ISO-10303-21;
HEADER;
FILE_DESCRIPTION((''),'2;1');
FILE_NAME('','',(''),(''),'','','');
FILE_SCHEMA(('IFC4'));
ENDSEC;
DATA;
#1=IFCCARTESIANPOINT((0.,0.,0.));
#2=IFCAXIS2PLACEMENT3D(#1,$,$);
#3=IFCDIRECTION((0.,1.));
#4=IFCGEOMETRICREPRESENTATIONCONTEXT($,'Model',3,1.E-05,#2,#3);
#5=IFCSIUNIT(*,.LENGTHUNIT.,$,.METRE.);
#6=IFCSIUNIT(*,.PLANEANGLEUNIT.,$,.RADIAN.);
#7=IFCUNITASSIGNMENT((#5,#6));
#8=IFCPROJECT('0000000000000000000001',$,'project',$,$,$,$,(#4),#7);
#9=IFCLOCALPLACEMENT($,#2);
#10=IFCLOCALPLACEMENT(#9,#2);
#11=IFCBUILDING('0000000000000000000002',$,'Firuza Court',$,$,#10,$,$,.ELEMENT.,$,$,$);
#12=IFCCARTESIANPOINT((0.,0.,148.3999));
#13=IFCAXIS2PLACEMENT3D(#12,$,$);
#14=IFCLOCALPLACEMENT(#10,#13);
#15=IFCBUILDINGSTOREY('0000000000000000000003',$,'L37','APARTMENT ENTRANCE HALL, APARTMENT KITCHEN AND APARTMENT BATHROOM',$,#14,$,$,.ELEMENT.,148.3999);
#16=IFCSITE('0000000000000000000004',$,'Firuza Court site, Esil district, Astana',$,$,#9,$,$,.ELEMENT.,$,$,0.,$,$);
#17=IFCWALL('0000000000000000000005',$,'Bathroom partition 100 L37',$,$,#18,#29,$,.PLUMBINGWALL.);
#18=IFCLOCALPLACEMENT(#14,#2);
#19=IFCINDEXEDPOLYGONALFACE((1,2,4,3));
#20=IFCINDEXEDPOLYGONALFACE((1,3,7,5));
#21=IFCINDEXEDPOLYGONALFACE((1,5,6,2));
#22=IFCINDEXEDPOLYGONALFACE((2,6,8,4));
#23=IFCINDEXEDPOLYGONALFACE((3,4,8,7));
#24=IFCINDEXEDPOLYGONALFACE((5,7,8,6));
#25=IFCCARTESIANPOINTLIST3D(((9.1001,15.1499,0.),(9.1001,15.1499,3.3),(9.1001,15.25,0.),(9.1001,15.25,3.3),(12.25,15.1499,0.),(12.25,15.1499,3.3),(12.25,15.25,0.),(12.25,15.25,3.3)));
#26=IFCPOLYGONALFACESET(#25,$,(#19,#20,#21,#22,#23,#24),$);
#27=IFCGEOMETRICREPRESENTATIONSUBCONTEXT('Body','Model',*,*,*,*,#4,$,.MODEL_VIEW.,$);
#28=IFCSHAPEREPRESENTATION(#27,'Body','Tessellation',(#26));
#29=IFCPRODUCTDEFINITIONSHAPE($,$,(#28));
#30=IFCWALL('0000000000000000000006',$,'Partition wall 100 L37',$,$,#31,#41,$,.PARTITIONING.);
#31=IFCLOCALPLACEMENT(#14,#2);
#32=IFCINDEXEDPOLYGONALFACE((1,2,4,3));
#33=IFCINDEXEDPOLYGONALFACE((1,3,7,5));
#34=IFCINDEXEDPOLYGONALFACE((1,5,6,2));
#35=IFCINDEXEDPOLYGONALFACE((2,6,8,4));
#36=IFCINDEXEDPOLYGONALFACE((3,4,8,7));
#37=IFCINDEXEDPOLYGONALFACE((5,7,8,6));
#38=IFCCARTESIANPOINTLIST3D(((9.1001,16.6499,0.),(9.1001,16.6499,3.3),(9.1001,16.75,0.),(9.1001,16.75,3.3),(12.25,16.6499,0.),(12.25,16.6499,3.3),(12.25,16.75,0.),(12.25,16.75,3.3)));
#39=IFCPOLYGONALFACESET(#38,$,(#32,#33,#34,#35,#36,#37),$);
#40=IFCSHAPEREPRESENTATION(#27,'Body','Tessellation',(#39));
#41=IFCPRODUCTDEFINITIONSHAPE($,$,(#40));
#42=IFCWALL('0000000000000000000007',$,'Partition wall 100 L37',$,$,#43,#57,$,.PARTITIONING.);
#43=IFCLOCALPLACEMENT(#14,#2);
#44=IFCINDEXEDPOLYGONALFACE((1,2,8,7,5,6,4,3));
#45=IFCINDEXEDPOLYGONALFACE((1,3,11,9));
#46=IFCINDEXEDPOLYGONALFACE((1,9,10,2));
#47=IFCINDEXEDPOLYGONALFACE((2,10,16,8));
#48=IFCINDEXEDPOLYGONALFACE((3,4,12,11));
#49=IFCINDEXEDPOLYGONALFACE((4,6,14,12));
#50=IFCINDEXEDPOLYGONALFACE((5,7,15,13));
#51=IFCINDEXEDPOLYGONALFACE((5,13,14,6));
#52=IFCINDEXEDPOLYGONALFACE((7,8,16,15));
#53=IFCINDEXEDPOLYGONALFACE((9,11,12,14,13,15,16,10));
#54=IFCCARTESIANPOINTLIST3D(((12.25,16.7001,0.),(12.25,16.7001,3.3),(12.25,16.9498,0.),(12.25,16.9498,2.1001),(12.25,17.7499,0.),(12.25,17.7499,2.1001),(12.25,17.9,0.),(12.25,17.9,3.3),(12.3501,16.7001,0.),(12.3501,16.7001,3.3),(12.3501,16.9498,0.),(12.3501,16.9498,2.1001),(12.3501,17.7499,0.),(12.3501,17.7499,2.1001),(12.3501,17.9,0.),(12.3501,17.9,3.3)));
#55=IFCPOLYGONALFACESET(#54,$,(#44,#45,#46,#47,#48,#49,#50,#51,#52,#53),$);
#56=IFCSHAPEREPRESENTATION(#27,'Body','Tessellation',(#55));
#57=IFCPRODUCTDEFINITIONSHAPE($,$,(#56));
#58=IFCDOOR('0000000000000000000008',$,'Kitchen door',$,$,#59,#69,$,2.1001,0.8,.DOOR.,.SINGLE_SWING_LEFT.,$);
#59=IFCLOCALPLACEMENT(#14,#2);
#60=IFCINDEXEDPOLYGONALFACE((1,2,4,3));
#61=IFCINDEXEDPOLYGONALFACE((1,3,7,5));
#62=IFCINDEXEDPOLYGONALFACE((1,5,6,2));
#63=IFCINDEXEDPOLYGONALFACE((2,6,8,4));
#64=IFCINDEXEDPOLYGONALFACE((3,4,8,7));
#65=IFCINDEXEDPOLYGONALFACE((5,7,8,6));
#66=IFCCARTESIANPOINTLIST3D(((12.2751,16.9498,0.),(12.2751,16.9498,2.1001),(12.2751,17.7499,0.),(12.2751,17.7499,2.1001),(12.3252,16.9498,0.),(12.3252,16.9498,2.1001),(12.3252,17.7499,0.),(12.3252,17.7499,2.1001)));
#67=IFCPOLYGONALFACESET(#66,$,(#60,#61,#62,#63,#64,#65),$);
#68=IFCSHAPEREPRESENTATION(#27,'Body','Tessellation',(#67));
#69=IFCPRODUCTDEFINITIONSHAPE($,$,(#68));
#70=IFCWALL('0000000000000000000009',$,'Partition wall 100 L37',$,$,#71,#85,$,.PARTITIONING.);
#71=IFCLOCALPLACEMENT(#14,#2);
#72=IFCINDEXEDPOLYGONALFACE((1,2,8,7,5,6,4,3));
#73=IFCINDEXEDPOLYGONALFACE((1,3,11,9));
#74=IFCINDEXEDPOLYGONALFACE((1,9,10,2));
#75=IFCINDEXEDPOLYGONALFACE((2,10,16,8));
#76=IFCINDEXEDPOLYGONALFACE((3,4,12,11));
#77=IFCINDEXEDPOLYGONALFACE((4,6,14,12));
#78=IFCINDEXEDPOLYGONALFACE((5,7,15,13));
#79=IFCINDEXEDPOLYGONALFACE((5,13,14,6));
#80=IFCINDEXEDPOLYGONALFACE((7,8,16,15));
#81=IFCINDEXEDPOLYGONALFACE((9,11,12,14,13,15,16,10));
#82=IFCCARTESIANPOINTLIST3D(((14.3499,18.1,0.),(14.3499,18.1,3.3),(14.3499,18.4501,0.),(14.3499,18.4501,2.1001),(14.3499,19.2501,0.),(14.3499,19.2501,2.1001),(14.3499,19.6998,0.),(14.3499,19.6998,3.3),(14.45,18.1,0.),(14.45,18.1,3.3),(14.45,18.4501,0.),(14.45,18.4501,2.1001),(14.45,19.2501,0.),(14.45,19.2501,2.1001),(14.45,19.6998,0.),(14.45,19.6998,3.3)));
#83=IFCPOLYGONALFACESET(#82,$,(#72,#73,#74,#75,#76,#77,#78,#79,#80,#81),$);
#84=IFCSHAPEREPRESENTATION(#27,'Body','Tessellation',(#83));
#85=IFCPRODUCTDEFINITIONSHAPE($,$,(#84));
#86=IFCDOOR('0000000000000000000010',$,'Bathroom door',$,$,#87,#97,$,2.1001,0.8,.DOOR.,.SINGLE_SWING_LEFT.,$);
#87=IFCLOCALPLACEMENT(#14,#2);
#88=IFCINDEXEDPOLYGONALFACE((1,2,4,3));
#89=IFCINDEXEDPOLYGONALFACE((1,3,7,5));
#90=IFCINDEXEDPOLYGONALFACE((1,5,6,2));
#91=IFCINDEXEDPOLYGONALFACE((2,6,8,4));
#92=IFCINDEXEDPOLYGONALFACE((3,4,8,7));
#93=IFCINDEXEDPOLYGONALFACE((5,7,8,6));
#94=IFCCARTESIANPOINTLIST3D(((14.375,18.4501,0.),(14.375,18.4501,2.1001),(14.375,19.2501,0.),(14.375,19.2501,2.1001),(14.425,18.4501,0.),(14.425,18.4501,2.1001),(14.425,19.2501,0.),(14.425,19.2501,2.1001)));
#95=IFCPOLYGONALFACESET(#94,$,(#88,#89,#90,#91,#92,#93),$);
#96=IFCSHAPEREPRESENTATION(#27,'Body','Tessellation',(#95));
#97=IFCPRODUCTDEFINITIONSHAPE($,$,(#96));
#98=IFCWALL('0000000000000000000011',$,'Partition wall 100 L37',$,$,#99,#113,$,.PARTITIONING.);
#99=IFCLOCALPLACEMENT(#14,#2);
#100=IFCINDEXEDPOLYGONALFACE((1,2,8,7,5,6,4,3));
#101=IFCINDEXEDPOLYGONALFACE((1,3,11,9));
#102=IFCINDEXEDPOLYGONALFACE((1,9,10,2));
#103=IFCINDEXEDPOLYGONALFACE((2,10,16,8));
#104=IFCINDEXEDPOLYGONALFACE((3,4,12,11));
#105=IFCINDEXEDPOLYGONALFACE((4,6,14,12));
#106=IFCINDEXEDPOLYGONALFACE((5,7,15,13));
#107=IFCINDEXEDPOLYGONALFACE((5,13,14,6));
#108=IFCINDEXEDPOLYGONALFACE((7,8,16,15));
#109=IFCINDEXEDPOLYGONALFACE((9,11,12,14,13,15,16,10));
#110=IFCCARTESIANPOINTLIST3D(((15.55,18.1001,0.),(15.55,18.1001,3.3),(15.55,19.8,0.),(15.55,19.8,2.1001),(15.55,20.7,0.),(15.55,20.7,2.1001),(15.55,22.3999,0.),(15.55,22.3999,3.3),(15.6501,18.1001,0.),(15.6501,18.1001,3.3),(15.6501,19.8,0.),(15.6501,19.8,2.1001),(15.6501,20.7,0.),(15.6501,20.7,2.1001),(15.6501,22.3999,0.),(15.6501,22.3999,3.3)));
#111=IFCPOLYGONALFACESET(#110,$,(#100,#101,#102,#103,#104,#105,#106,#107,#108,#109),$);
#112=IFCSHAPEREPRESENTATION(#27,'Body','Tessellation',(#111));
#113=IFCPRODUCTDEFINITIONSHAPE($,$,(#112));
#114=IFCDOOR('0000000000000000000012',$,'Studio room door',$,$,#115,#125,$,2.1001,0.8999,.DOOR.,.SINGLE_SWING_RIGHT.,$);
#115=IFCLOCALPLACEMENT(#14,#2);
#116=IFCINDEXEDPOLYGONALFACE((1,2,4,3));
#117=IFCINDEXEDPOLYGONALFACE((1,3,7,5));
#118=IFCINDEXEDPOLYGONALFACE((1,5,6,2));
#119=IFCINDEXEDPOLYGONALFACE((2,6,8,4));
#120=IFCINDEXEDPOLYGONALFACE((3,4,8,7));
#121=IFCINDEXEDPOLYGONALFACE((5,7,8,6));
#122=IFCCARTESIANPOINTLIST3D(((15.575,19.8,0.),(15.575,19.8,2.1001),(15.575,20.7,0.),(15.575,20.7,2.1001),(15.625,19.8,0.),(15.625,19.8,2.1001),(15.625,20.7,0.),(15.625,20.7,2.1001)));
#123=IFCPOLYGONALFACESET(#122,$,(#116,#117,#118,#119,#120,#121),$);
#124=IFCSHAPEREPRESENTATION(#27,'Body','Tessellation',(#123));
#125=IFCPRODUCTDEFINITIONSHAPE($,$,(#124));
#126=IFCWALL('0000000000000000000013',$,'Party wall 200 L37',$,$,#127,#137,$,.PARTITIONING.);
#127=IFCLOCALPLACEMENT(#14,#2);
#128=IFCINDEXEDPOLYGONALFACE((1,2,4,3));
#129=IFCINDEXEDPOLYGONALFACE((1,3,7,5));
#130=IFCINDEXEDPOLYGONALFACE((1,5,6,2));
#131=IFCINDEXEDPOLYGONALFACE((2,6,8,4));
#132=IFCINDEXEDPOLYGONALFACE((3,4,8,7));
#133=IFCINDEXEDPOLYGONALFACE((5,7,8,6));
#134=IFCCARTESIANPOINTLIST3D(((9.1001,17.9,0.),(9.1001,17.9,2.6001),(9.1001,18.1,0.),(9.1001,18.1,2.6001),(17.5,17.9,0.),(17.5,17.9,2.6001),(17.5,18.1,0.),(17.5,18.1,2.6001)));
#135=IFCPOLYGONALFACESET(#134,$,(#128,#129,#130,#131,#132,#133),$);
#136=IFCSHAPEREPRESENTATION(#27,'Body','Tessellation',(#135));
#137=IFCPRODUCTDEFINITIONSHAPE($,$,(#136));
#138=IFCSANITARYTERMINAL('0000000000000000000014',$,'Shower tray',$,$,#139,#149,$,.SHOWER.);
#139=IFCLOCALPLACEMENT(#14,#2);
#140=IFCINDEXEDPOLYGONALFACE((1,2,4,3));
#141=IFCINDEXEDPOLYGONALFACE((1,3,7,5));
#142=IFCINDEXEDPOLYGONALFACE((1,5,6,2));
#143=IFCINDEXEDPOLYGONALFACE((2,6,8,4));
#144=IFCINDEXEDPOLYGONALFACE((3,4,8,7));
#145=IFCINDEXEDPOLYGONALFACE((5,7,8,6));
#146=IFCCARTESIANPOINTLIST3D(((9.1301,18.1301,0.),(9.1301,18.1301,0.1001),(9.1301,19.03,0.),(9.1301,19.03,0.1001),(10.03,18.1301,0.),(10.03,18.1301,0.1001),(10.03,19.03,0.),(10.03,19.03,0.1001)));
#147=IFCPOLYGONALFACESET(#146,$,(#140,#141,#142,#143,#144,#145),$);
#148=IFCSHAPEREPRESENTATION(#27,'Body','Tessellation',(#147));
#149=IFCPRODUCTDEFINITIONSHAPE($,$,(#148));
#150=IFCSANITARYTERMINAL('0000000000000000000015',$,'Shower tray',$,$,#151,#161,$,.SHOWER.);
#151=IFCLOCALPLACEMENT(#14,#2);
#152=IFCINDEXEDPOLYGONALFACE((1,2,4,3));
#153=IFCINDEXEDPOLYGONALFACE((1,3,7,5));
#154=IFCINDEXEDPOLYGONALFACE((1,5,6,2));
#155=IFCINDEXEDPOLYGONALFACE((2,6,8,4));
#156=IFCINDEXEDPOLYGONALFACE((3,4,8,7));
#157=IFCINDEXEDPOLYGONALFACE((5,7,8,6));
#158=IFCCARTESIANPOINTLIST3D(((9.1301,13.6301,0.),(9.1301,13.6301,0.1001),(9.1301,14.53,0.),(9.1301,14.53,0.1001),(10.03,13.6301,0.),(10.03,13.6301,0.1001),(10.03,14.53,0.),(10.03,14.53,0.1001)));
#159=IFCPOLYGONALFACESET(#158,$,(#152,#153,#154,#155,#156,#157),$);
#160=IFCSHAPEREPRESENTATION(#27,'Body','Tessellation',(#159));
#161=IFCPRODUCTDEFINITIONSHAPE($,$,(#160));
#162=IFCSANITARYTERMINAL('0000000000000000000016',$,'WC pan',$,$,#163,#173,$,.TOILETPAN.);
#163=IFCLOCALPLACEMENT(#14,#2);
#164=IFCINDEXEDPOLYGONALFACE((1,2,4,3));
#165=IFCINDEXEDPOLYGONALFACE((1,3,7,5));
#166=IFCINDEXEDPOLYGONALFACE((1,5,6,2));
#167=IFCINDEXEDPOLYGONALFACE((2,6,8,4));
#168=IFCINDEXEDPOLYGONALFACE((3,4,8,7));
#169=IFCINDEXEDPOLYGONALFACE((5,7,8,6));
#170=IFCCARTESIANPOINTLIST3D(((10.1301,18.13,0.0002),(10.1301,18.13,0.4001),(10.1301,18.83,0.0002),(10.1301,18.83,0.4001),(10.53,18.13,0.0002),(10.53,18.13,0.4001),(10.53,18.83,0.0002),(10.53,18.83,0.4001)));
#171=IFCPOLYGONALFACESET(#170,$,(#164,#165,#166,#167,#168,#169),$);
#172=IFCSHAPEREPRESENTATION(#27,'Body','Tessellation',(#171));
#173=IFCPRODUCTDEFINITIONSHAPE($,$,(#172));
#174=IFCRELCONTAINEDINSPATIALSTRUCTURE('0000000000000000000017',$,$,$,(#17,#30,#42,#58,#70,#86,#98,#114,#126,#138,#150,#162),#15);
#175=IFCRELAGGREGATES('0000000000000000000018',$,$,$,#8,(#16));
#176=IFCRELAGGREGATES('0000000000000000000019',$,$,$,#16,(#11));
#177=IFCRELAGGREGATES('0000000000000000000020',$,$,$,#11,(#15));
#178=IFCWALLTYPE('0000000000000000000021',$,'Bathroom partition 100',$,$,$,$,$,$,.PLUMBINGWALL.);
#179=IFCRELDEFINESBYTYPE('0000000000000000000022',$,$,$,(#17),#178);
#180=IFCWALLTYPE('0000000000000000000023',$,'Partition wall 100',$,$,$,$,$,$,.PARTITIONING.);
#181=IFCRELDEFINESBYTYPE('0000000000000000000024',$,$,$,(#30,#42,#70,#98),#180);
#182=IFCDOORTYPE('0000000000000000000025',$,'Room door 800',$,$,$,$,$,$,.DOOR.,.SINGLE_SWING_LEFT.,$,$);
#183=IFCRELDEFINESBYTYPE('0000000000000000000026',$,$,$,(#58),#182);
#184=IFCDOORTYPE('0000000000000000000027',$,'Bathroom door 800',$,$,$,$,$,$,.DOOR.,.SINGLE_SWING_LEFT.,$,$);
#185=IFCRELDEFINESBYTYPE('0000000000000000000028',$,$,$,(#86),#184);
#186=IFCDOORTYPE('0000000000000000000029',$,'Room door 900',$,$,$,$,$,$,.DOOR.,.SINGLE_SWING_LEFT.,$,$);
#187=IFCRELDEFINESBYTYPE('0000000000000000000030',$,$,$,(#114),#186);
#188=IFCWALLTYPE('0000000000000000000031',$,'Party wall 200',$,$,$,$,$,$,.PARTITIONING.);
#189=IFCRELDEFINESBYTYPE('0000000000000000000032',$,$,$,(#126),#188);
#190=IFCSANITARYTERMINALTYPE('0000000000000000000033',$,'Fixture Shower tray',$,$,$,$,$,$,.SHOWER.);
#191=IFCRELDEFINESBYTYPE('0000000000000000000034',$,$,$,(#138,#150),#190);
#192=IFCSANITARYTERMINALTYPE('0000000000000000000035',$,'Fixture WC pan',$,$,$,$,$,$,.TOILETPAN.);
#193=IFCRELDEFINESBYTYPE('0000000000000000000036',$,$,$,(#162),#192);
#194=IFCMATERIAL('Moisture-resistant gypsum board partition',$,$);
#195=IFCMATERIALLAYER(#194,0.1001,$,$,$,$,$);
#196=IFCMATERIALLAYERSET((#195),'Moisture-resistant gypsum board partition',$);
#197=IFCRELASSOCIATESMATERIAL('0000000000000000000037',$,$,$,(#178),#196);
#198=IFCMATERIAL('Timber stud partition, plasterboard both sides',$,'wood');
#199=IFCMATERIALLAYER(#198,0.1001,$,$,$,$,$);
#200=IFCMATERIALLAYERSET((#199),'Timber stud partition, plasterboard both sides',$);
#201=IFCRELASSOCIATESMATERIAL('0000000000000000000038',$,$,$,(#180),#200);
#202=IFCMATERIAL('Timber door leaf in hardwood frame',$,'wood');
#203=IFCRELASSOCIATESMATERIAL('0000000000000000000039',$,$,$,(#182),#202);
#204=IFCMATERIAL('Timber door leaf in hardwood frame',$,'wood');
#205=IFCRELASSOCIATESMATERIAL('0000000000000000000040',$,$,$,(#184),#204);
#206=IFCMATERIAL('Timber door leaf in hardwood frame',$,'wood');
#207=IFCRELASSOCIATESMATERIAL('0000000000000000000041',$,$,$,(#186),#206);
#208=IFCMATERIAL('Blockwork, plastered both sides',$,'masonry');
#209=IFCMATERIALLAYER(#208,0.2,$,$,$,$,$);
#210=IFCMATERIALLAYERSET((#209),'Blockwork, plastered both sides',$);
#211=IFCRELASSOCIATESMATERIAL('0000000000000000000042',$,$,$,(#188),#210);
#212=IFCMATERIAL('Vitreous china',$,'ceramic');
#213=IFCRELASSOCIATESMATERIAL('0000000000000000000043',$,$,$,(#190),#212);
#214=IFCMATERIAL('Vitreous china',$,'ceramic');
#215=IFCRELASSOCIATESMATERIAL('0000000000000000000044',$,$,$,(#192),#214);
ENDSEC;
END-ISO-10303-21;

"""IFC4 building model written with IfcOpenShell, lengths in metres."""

from ifc_helpers import new_model, si_unit, direction, frame, frame_2d, origin, origin_2d, place, context, subcontext, project, spatial, rectangle, extrude, material, layer, layer_set, type_object, element, fill, save


model = new_model("IFC4")

# Units and contexts
model_context = context("Model", 3, precision=1e-05, world=origin(), true_north=direction((0.0, 1.0)))
body_context = subcontext(model_context, "Body", "Model", "MODEL_VIEW")
ifc_project = project(units=[si_unit("LENGTHUNIT", "METRE"), si_unit("PLANEANGLEUNIT", "RADIAN")], contexts=[model_context])

# Site, building, storey
site_placement = place(None, origin())
site = spatial("IfcSite", under=ifc_project, at=site_placement, Name="Firuza Court site, Esil district, Astana", CompositionType="ELEMENT", RefElevation=0.0)
building_placement = place(site_placement, origin())
building = spatial("IfcBuilding", under=site, at=building_placement, Name="Firuza Court", CompositionType="ELEMENT")
storey_placement = place(building_placement, frame((0.0, 0.0, 148.3999)))
storey = spatial("IfcBuildingStorey", under=building, at=storey_placement, Name="L37", Description="APARTMENT ENTRANCE HALL, APARTMENT KITCHEN AND APARTMENT BATHROOM", CompositionType="ELEMENT", Elevation=148.3999)

# Walls
ifc_material_1 = material(Name="Moisture-resistant gypsum board partition")
ifc_layer_1 = layer(ifc_material_1, 0.1001)
ifc_layer_set_1 = layer_set([ifc_layer_1], Name="Moisture-resistant gypsum board partition")
wall_type_1 = type_object("IfcWallType", Name="Bathroom partition 100", PredefinedType="PLUMBINGWALL", material=ifc_layer_set_1)
wall_1_placement = place(storey_placement, frame((9.1001, 15.2, 0.0), z_axis=(0.0, 0.0, 1.0), x_axis=(1.0, 0.0, 0.0)))
element("IfcWall", 1, at=wall_1_placement, inside=storey, type_object=wall_type_1, Name="Bathroom partition 100 L37", PredefinedType="PLUMBINGWALL", context=body_context, shape_type="SweptSolid", body=[
    extrude(rectangle(XDim=3.1499, YDim=0.1001, at=frame_2d((1.575, 0.0))), origin(), (0.0, 0.0, 1.0), 3.3),
])
ifc_material_2 = material(Name="Timber stud partition, plasterboard both sides", Category="wood")
ifc_layer_2 = layer(ifc_material_2, 0.1001)
ifc_layer_set_2 = layer_set([ifc_layer_2], Name="Timber stud partition, plasterboard both sides")
wall_type_2 = type_object("IfcWallType", Name="Partition wall 100", PredefinedType="PARTITIONING", material=ifc_layer_set_2)
wall_2_placement = place(storey_placement, frame((9.1001, 16.7, 0.0), z_axis=(0.0, 0.0, 1.0), x_axis=(1.0, 0.0, 0.0)))
element("IfcWall", 2, at=wall_2_placement, inside=storey, type_object=wall_type_2, Name="Partition wall 100 L37", PredefinedType="PARTITIONING", context=body_context, shape_type="SweptSolid", body=[
    extrude(rectangle(XDim=3.1499, YDim=0.1001, at=frame_2d((1.575, 0.0))), origin(), (0.0, 0.0, 1.0), 3.3),
])

# Walls, openings, doors
wall_3_placement = place(storey_placement, frame((12.3, 16.7, 0.0), z_axis=(0.0, 0.0, 1.0), x_axis=(0.0, 1.0, 0.0)))
wall_3 = element("IfcWall", 3, at=wall_3_placement, inside=storey, type_object=wall_type_2, Name="Partition wall 100 L37", PredefinedType="PARTITIONING", context=body_context, shape_type="SweptSolid", body=[
    extrude(rectangle(XDim=1.2, YDim=0.1001, at=frame_2d((0.6001, 0.0))), origin(), (0.0, 0.0, 1.0), 3.3),
])
opening_1_placement = place(wall_3_placement, frame((0.25, 0.0, 0.0)))
opening_1 = element("IfcOpeningElement", 4, at=opening_1_placement, cuts=wall_3, PredefinedType="OPENING", context=body_context, shape_type="SweptSolid", body=[
    extrude(rectangle(XDim=0.8, YDim=2.1001, at=frame_2d((0.3999, 1.05))), frame((0.0, 0.062, 0.0), z_axis=(0.0, -1.0, 0.0), x_axis=(1.0, 0.0, 0.0)), (0.0, 0.0, 1.0), 0.124),
])
ifc_material_3 = material(Name="Timber door leaf in hardwood frame", Category="wood")
door_type_1 = type_object("IfcDoorType", Name="Room door 800", OperationType="SINGLE_SWING_LEFT", PredefinedType="DOOR", material=ifc_material_3)
door_1_placement = place(opening_1_placement, origin())
door_1 = element("IfcDoor", 5, at=door_1_placement, inside=storey, type_object=door_type_1, Name="Kitchen door", OperationType="SINGLE_SWING_LEFT", OverallHeight=2.1001, OverallWidth=0.8, PredefinedType="DOOR", context=body_context, shape_type="SweptSolid", body=[
    extrude(rectangle(XDim=0.8, YDim=2.1001, at=frame_2d((0.3999, 1.05))), frame((0.0, 0.0249, 0.0), z_axis=(0.0, -1.0, 0.0), x_axis=(1.0, 0.0, 0.0)), (0.0, 0.0, 1.0), 0.05),
])
fill(opening_1, door_1)
wall_4_placement = place(storey_placement, frame((14.3999, 18.1001, 0.0), z_axis=(0.0, 0.0, 1.0), x_axis=(0.0, 1.0, 0.0)))
wall_4 = element("IfcWall", 6, at=wall_4_placement, inside=storey, type_object=wall_type_2, Name="Partition wall 100 L37", PredefinedType="PARTITIONING", context=body_context, shape_type="SweptSolid", body=[
    extrude(rectangle(XDim=1.5999, YDim=0.1001, at=frame_2d((0.7998, 0.0))), origin(), (0.0, 0.0, 1.0), 3.3),
])
opening_2_placement = place(wall_4_placement, frame((0.3501, 0.0, 0.0)))
opening_2 = element("IfcOpeningElement", 7, at=opening_2_placement, cuts=wall_4, PredefinedType="OPENING", context=body_context, shape_type="SweptSolid", body=[
    extrude(rectangle(XDim=0.8, YDim=2.1001, at=frame_2d((0.3999, 1.05))), frame((0.0, 0.062, 0.0), z_axis=(0.0, -1.0, 0.0), x_axis=(1.0, 0.0, 0.0)), (0.0, 0.0, 1.0), 0.124),
])
ifc_material_4 = material(Name="Timber door leaf in hardwood frame", Category="wood")
door_type_2 = type_object("IfcDoorType", Name="Bathroom door 800", OperationType="SINGLE_SWING_LEFT", PredefinedType="DOOR", material=ifc_material_4)
door_2_placement = place(opening_2_placement, origin())
door_2 = element("IfcDoor", 8, at=door_2_placement, inside=storey, type_object=door_type_2, Name="Bathroom door", OperationType="SINGLE_SWING_LEFT", OverallHeight=2.1001, OverallWidth=0.8, PredefinedType="DOOR", context=body_context, shape_type="SweptSolid", body=[
    extrude(rectangle(XDim=0.8, YDim=2.1001, at=frame_2d((0.3999, 1.05))), frame((0.0, 0.0249, 0.0), z_axis=(0.0, -1.0, 0.0), x_axis=(1.0, 0.0, 0.0)), (0.0, 0.0, 1.0), 0.05),
])
fill(opening_2, door_2)
wall_5_placement = place(storey_placement, frame((15.6001, 18.1001, 0.0), z_axis=(0.0, 0.0, 1.0), x_axis=(0.0, 1.0, 0.0)))
wall_5 = element("IfcWall", 9, at=wall_5_placement, inside=storey, type_object=wall_type_2, Name="Partition wall 100 L37", PredefinedType="PARTITIONING", context=body_context, shape_type="SweptSolid", body=[
    extrude(rectangle(XDim=4.2998, YDim=0.1001, at=frame_2d((2.1499, 0.0))), origin(), (0.0, 0.0, 1.0), 3.3),
])
opening_3_placement = place(wall_5_placement, frame((1.7, 0.0, 0.0)))
opening_3 = element("IfcOpeningElement", 10, at=opening_3_placement, cuts=wall_5, PredefinedType="OPENING", context=body_context, shape_type="SweptSolid", body=[
    extrude(rectangle(XDim=0.8999, YDim=2.1001, at=frame_2d((0.45, 1.05))), frame((0.0, 0.062, 0.0), z_axis=(0.0, -1.0, 0.0), x_axis=(1.0, 0.0, 0.0)), (0.0, 0.0, 1.0), 0.124),
])
ifc_material_5 = material(Name="Timber door leaf in hardwood frame", Category="wood")
door_type_3 = type_object("IfcDoorType", Name="Room door 900", OperationType="SINGLE_SWING_LEFT", PredefinedType="DOOR", material=ifc_material_5)
door_3_placement = place(opening_3_placement, frame((0.8999, 0.0, 0.0), z_axis=(0.0, 0.0, 1.0), x_axis=(-1.0, 0.0, 0.0)))
door_3 = element("IfcDoor", 11, at=door_3_placement, inside=storey, type_object=door_type_3, Name="Studio room door", OperationType="SINGLE_SWING_RIGHT", OverallHeight=2.1001, OverallWidth=0.8999, PredefinedType="DOOR", context=body_context, shape_type="SweptSolid", body=[
    extrude(rectangle(XDim=0.8999, YDim=2.1001, at=frame_2d((0.45, 1.05))), frame((0.0, 0.0249, 0.0), z_axis=(0.0, -1.0, 0.0), x_axis=(1.0, 0.0, 0.0)), (0.0, 0.0, 1.0), 0.05),
])
fill(opening_3, door_3)

# Wall
ifc_material_6 = material(Name="Blockwork, plastered both sides", Category="masonry")
ifc_layer_3 = layer(ifc_material_6, 0.2)
ifc_layer_set_3 = layer_set([ifc_layer_3], Name="Blockwork, plastered both sides")
wall_type_3 = type_object("IfcWallType", Name="Party wall 200", PredefinedType="PARTITIONING", material=ifc_layer_set_3)
wall_6_placement = place(storey_placement, frame((9.1001, 18.0, 0.0), z_axis=(0.0, 0.0, 1.0), x_axis=(1.0, 0.0, 0.0)))
element("IfcWall", 12, at=wall_6_placement, inside=storey, type_object=wall_type_3, Name="Party wall 200 L37", PredefinedType="PARTITIONING", context=body_context, shape_type="SweptSolid", body=[
    extrude(rectangle(XDim=8.3999, YDim=0.2, at=frame_2d((4.2, 0.0))), origin(), (0.0, 0.0, 1.0), 2.6001),
])

# Sanitary terminals
ifc_material_7 = material(Name="Vitreous china", Category="ceramic")
sanitary_terminal_type_1 = type_object("IfcSanitaryTerminalType", Name="Fixture Shower tray", PredefinedType="SHOWER", material=ifc_material_7)
for number, where, z_axis, x_axis, name in (
    (13, (9.5801, 18.5801, 0.0), (0.0, 0.0, 1.0), (1.0, 0.0, 0.0), "Shower tray"),
    (14, (9.5801, 14.0801, 0.0), (0.0, 0.0, 1.0), (1.0, 0.0, 0.0), "Shower tray"),
):
    element("IfcSanitaryTerminal", number, at=place(storey_placement, frame(where, z_axis=z_axis, x_axis=x_axis)), inside=storey, type_object=sanitary_terminal_type_1, Name=name, PredefinedType="SHOWER", context=body_context, shape_type="SweptSolid", body=[
        extrude(rectangle(XDim=0.8999, YDim=0.8999, at=origin_2d()), origin(), (0.0, 0.0, 1.0), 0.1001),
    ])
ifc_material_8 = material(Name="Vitreous china", Category="ceramic")
sanitary_terminal_type_2 = type_object("IfcSanitaryTerminalType", Name="Fixture WC pan", PredefinedType="TOILETPAN", material=ifc_material_8)
for number, where, z_axis, x_axis, name in (
    (15, (10.3301, 18.48, 0.0002), (0.0, 0.0, 1.0), (1.0, 0.0, 0.0), "WC pan"),
):
    element("IfcSanitaryTerminal", number, at=place(storey_placement, frame(where, z_axis=z_axis, x_axis=x_axis)), inside=storey, type_object=sanitary_terminal_type_2, Name=name, PredefinedType="TOILETPAN", context=body_context, shape_type="SweptSolid", body=[
        extrude(rectangle(XDim=0.3999, YDim=0.7, at=origin_2d()), origin(), (0.0, 0.0, 1.0), 0.3999),
    ])

save(model, "model.ifc")
